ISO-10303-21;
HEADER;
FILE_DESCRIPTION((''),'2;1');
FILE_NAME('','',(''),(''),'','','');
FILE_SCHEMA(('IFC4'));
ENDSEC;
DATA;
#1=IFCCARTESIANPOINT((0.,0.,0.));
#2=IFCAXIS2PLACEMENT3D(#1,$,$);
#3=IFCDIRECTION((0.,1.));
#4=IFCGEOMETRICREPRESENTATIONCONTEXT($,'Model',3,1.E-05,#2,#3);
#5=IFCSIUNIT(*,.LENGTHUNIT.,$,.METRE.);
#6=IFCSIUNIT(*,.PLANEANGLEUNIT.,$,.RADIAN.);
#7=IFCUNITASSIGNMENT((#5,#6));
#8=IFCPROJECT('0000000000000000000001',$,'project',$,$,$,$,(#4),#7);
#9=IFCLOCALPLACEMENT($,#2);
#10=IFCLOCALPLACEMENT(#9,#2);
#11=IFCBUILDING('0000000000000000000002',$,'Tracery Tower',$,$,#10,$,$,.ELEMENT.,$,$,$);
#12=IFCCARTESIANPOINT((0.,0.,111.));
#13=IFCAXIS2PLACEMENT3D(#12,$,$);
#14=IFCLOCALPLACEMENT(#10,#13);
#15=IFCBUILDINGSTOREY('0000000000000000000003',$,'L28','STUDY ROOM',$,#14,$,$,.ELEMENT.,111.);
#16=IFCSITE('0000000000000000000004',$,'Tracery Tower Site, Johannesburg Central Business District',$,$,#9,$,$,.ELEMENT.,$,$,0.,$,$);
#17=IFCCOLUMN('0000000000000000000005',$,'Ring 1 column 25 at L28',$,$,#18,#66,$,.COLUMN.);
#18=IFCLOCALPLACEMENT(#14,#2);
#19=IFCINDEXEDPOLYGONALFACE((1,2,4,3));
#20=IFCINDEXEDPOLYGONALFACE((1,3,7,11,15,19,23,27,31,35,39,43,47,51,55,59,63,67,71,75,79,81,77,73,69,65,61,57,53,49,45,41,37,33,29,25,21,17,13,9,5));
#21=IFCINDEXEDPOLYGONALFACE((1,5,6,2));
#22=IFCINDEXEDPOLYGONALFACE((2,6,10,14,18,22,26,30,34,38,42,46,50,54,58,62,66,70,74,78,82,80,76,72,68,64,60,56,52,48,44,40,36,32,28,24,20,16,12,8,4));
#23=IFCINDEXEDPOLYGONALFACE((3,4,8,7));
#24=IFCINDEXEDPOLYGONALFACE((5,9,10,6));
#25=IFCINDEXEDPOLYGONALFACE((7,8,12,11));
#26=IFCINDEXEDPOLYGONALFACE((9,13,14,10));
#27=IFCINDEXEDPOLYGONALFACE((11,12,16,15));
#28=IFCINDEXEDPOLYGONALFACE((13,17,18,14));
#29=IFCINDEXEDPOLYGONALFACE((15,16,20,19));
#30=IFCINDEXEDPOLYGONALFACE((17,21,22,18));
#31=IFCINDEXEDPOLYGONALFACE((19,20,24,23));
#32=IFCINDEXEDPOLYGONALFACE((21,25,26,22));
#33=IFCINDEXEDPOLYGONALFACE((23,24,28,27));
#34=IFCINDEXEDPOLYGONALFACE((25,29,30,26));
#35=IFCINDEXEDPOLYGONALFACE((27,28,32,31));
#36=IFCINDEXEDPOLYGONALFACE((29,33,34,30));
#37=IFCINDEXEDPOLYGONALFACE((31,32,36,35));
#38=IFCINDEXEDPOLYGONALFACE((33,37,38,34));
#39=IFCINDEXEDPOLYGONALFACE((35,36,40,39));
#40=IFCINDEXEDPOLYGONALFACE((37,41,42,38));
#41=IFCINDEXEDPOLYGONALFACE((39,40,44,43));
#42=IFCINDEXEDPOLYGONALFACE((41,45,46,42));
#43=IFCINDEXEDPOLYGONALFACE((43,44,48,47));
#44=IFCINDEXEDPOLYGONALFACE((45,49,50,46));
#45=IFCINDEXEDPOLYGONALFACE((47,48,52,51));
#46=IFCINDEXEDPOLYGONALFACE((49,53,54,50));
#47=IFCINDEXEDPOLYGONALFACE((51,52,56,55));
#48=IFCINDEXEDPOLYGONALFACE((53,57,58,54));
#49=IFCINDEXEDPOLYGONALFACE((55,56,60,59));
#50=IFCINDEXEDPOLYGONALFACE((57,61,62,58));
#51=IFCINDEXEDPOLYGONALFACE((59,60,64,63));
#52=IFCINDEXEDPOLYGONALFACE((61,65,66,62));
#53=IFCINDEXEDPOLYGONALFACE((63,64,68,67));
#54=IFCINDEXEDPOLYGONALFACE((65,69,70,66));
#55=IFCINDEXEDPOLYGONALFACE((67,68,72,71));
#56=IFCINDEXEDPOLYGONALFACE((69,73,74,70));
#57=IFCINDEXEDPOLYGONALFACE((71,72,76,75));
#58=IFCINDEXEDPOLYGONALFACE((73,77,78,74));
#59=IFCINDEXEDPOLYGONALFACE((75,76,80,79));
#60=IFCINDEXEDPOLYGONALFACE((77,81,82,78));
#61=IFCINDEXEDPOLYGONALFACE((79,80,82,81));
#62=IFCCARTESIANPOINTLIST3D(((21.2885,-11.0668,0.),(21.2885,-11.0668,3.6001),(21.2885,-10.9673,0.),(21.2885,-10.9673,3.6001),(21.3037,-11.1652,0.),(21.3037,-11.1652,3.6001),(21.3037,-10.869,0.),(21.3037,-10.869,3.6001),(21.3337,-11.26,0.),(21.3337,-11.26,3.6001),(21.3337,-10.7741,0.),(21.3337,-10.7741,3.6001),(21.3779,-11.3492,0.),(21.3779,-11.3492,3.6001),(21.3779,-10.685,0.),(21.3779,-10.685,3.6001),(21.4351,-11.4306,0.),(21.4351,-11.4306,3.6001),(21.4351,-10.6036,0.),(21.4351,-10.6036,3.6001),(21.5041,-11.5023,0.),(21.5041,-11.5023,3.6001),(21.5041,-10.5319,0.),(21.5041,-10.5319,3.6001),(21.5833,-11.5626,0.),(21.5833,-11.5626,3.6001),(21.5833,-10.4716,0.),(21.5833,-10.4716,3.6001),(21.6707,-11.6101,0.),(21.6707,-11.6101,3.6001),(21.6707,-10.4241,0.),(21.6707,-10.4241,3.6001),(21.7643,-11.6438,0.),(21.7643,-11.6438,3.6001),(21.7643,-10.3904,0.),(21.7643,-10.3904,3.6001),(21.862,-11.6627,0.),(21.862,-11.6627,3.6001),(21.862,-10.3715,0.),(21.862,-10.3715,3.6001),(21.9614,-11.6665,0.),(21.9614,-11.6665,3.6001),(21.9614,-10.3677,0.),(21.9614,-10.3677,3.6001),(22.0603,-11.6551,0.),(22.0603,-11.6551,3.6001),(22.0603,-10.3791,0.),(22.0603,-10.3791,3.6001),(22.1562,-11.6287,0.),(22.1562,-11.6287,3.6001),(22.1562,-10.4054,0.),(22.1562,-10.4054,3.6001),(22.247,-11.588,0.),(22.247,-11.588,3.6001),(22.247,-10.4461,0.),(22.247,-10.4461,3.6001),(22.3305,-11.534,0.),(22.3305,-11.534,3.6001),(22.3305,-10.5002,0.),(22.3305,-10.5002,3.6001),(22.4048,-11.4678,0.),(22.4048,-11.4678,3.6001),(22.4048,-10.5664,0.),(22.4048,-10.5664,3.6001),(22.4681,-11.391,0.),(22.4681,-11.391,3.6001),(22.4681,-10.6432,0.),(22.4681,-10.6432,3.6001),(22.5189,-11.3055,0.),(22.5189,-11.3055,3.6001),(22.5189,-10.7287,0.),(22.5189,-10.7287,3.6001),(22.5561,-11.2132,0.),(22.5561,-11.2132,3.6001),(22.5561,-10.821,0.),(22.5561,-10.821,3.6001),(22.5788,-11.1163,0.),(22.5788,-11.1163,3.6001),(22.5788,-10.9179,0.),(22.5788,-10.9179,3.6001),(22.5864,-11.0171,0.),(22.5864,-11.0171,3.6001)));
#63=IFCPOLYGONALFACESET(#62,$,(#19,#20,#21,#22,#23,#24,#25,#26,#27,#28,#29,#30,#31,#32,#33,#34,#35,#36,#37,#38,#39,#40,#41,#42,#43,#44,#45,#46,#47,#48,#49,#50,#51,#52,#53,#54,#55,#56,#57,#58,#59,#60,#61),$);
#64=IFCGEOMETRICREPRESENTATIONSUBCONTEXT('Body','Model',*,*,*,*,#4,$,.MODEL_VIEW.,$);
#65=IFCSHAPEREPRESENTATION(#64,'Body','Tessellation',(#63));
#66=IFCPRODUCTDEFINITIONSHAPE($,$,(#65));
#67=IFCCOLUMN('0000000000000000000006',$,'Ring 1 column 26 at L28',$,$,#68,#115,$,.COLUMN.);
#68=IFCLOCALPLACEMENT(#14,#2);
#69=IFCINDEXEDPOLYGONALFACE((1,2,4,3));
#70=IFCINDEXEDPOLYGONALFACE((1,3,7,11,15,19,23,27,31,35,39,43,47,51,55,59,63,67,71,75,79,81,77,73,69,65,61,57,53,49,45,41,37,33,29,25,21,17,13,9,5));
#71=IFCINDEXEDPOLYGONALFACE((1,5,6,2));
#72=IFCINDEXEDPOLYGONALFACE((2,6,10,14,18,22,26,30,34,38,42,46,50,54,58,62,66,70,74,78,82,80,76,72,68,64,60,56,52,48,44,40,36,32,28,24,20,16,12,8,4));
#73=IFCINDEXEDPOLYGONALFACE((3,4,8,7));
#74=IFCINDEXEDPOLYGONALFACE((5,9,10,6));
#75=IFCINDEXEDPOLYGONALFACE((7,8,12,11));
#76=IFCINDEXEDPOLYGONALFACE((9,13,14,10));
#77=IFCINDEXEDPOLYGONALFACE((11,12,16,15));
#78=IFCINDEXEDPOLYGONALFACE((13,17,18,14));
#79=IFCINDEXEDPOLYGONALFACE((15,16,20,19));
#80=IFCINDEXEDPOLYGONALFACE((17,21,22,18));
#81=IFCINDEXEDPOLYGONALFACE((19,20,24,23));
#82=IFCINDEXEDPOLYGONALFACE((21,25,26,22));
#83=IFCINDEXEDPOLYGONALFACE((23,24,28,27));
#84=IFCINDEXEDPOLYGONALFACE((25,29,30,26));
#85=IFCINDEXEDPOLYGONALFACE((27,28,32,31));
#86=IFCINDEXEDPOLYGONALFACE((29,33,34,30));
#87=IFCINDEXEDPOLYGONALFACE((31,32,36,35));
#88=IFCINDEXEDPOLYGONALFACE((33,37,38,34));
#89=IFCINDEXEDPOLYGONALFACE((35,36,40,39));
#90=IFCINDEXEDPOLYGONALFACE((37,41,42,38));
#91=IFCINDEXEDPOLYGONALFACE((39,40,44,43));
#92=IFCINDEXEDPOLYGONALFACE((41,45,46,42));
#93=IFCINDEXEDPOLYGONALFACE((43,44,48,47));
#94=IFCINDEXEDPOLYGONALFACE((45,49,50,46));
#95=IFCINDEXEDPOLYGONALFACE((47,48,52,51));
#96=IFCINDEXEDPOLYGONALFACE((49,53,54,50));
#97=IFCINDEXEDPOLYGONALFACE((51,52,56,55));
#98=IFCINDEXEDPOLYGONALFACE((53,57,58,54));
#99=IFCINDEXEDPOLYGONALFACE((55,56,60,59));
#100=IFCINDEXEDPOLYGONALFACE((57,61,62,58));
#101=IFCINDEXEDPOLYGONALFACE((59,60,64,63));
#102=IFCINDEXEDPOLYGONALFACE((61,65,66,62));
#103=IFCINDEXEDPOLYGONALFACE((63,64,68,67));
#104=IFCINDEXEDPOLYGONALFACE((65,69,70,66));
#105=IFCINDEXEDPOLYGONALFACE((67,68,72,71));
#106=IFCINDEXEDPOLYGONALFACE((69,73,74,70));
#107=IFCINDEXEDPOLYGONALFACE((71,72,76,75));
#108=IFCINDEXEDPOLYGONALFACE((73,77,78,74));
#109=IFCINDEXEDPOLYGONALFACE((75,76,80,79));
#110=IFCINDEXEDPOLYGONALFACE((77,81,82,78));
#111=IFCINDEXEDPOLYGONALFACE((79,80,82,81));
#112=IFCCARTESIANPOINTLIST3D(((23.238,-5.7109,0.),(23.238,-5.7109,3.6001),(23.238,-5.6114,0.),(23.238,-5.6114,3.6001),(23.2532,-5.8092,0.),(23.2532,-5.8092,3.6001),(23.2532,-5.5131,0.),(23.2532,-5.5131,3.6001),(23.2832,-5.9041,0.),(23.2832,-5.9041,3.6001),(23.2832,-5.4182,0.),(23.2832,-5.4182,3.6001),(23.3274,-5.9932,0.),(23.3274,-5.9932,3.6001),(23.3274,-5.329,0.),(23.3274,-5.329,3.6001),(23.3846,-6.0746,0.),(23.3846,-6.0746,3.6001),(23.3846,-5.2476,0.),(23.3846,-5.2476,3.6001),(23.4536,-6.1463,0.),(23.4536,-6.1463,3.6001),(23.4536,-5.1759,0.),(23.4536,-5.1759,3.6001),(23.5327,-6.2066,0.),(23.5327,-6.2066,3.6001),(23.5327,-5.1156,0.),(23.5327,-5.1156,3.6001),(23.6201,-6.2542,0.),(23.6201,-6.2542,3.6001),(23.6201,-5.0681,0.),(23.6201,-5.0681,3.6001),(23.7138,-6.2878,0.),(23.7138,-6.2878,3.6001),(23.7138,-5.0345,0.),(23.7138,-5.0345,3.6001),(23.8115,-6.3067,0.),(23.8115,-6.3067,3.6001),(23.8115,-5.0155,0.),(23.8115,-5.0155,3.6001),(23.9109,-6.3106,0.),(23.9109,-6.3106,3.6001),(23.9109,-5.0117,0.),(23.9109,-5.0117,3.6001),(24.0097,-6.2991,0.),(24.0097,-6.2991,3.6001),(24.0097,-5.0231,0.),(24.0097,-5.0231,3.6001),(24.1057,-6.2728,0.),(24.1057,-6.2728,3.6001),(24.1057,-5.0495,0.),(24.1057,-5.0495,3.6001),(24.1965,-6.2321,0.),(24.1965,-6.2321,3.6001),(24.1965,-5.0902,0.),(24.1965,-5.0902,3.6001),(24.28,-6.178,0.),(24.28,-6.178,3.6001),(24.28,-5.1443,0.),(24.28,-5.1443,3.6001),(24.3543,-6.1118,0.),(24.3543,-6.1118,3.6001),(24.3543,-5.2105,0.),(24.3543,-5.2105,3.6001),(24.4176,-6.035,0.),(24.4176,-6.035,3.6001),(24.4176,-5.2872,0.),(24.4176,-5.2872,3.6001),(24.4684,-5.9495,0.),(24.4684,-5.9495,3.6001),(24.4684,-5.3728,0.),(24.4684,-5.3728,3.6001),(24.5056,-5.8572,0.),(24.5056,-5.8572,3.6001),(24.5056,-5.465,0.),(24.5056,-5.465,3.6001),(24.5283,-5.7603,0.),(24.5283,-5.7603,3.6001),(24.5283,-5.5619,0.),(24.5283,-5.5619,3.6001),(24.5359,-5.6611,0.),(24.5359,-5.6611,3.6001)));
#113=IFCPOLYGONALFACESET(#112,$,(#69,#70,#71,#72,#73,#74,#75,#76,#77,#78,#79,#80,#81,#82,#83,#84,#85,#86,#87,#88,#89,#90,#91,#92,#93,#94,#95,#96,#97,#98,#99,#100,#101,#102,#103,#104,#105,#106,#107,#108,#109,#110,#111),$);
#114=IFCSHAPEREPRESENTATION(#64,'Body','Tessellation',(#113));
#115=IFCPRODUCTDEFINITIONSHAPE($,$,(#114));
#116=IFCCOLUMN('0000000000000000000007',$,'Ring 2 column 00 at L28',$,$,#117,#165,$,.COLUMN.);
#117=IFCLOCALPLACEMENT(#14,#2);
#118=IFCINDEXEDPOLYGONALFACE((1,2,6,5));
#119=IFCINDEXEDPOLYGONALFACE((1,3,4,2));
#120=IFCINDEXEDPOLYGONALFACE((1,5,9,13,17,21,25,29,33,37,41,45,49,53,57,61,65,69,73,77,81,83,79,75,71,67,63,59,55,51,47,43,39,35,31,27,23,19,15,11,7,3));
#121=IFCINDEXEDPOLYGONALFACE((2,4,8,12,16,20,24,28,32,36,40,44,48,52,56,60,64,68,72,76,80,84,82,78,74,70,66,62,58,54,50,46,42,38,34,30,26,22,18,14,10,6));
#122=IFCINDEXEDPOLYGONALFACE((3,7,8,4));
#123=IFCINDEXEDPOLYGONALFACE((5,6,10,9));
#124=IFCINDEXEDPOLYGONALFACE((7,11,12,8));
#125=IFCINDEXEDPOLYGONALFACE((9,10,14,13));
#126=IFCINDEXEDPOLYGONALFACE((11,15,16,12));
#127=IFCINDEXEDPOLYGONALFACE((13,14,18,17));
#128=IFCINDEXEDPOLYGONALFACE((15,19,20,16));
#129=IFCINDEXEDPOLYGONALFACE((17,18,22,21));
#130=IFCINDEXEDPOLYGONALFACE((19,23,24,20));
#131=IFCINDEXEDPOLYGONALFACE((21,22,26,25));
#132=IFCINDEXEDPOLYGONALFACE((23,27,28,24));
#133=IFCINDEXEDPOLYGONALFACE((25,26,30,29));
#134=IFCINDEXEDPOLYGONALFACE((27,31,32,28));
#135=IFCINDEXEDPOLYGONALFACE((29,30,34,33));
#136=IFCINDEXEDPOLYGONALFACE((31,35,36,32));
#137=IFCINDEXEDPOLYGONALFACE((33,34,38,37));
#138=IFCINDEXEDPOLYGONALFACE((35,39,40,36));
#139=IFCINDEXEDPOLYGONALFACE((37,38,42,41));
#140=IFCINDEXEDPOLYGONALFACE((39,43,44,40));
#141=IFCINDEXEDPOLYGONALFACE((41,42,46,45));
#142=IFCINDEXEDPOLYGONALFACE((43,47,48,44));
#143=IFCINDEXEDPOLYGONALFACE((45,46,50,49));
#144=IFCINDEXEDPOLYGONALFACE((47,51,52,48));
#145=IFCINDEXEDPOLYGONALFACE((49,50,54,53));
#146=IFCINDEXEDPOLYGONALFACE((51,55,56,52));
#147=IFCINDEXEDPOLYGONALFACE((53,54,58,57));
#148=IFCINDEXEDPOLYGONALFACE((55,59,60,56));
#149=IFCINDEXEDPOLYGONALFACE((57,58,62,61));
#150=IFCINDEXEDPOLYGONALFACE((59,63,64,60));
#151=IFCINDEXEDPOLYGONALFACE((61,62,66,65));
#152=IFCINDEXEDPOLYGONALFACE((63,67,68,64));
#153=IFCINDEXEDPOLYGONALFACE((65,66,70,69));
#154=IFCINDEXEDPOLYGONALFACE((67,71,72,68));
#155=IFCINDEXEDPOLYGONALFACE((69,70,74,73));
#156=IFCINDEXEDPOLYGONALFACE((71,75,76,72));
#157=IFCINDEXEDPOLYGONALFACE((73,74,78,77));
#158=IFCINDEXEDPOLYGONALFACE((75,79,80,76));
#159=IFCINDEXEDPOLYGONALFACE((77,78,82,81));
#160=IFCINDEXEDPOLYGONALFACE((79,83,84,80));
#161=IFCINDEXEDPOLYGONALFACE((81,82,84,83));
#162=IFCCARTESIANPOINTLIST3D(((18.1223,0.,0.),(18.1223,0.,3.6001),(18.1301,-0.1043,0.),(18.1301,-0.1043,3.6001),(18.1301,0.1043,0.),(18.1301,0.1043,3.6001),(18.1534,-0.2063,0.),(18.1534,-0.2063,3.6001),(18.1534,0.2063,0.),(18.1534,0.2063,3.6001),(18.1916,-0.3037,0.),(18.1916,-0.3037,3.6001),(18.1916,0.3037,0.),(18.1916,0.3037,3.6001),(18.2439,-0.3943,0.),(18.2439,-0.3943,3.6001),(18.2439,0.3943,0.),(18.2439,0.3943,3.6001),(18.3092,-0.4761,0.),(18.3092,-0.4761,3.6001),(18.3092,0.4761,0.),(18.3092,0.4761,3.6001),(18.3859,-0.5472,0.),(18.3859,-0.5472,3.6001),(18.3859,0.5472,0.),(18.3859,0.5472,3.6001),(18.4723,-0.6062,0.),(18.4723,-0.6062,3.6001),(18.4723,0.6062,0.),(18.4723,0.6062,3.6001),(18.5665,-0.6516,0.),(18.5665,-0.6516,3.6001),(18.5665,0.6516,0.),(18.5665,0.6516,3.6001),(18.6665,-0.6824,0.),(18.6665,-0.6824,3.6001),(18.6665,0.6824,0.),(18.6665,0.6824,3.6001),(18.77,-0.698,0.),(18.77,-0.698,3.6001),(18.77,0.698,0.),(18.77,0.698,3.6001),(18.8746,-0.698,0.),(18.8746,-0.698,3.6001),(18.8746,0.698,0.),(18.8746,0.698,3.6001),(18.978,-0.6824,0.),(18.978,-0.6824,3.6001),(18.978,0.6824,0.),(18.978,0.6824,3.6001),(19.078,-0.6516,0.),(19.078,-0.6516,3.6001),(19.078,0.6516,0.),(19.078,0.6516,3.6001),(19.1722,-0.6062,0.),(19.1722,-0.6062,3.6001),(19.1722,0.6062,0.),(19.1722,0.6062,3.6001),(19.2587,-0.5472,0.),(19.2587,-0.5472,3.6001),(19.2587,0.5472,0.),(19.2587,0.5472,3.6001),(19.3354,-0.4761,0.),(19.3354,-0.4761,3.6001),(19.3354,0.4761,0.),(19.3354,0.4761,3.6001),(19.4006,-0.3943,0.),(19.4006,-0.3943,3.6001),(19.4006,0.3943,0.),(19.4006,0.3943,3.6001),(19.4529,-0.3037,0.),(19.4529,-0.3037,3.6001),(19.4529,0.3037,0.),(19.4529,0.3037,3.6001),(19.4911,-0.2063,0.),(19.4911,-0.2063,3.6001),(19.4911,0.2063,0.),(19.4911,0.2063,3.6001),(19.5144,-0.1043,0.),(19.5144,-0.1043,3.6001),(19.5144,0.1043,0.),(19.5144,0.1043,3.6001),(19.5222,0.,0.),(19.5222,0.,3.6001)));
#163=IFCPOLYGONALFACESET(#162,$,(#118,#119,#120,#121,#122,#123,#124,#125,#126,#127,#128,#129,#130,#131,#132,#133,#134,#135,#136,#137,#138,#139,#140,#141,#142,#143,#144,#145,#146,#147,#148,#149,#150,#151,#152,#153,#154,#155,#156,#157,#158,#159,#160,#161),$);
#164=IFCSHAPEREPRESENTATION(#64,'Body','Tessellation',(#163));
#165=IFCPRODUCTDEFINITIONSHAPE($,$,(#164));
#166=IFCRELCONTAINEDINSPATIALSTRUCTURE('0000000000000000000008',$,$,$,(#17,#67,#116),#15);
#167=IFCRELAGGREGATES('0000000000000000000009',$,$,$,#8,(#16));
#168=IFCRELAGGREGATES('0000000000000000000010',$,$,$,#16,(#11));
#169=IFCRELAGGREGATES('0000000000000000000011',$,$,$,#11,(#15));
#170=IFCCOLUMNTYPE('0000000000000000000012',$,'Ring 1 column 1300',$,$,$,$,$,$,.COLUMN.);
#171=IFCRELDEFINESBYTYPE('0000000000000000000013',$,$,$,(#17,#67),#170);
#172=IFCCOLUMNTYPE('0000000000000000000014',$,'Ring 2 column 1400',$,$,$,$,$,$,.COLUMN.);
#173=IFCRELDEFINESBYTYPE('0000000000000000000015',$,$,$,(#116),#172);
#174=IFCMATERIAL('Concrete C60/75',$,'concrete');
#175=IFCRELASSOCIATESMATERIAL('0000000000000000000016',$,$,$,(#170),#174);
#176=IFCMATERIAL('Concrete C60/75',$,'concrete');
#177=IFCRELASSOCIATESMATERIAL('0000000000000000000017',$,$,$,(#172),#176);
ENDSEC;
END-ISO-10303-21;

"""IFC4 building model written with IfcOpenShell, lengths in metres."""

from ifc_helpers import new_model, si_unit, direction, frame, origin, origin_2d, place, context, subcontext, project, spatial, circle, extrude, material, material_profile, profile_set, type_object, element, save


model = new_model("IFC4")

# Units and contexts
model_context = context("Model", 3, precision=1e-05, world=origin(), true_north=direction((0.0, 1.0)))
body_context = subcontext(model_context, "Body", "Model", "MODEL_VIEW")
ifc_project = project(units=[si_unit("LENGTHUNIT", "METRE"), si_unit("PLANEANGLEUNIT", "RADIAN")], contexts=[model_context])

# Site, building, storey
site_placement = place(None, origin())
site = spatial("IfcSite", under=ifc_project, at=site_placement, Name="Tracery Tower Site, Johannesburg Central Business District", CompositionType="ELEMENT", RefElevation=0.0)
building_placement = place(site_placement, origin())
building = spatial("IfcBuilding", under=site, at=building_placement, Name="Tracery Tower", CompositionType="ELEMENT")
storey_placement = place(building_placement, frame((0.0, 0.0, 111.0)))
storey = spatial("IfcBuildingStorey", under=building, at=storey_placement, Name="L28", Description="STUDY ROOM", CompositionType="ELEMENT", Elevation=111.0)

# Columns
ifc_material_1 = material(Name="Concrete C60/75", Category="concrete")
ifc_material_profile_1 = material_profile(ifc_material_1, circle(Radius=0.6499, at=origin_2d()), Name="RC D1300")
ifc_profile_set_1 = profile_set([ifc_material_profile_1], Name="Concrete C60/75")
column_type_1 = type_object("IfcColumnType", Name="Ring 1 column 1300", PredefinedType="COLUMN", material=ifc_profile_set_1)
for number, where, z_axis, x_axis, name in (
    (1, (21.9365, -11.0171, 0.0), (0.0, 0.0, 1.0), (1.0, 0.0, 0.0), "Ring 1 column 25 at L28"),
    (2, (23.886, -5.6611, 0.0), (0.0, 0.0, 1.0), (1.0, 0.0, 0.0), "Ring 1 column 26 at L28"),
):
    element("IfcColumn", number, at=place(storey_placement, frame(where, z_axis=z_axis, x_axis=x_axis)), inside=storey, type_object=column_type_1, Name=name, PredefinedType="COLUMN", context=body_context, shape_type="SweptSolid", body=[
        extrude(circle(Radius=0.6499, at=origin_2d()), origin(), (0.0, 0.0, 1.0), 3.6001),
    ])
ifc_material_2 = material(Name="Concrete C60/75", Category="concrete")
ifc_material_profile_2 = material_profile(ifc_material_2, circle(Radius=0.7, at=origin_2d()), Name="RC D1400")
ifc_profile_set_2 = profile_set([ifc_material_profile_2], Name="Concrete C60/75")
column_type_2 = type_object("IfcColumnType", Name="Ring 2 column 1400", PredefinedType="COLUMN", material=ifc_profile_set_2)
for number, where, z_axis, x_axis, name in (
    (3, (18.8223, 0.0, 0.0), (0.0, 0.0, 1.0), (1.0, 0.0, 0.0), "Ring 2 column 00 at L28"),
):
    element("IfcColumn", number, at=place(storey_placement, frame(where, z_axis=z_axis, x_axis=x_axis)), inside=storey, type_object=column_type_2, Name=name, PredefinedType="COLUMN", context=body_context, shape_type="SweptSolid", body=[
        extrude(circle(Radius=0.7, at=origin_2d()), origin(), (0.0, 0.0, 1.0), 3.6001),
    ])

save(model, "model.ifc")
